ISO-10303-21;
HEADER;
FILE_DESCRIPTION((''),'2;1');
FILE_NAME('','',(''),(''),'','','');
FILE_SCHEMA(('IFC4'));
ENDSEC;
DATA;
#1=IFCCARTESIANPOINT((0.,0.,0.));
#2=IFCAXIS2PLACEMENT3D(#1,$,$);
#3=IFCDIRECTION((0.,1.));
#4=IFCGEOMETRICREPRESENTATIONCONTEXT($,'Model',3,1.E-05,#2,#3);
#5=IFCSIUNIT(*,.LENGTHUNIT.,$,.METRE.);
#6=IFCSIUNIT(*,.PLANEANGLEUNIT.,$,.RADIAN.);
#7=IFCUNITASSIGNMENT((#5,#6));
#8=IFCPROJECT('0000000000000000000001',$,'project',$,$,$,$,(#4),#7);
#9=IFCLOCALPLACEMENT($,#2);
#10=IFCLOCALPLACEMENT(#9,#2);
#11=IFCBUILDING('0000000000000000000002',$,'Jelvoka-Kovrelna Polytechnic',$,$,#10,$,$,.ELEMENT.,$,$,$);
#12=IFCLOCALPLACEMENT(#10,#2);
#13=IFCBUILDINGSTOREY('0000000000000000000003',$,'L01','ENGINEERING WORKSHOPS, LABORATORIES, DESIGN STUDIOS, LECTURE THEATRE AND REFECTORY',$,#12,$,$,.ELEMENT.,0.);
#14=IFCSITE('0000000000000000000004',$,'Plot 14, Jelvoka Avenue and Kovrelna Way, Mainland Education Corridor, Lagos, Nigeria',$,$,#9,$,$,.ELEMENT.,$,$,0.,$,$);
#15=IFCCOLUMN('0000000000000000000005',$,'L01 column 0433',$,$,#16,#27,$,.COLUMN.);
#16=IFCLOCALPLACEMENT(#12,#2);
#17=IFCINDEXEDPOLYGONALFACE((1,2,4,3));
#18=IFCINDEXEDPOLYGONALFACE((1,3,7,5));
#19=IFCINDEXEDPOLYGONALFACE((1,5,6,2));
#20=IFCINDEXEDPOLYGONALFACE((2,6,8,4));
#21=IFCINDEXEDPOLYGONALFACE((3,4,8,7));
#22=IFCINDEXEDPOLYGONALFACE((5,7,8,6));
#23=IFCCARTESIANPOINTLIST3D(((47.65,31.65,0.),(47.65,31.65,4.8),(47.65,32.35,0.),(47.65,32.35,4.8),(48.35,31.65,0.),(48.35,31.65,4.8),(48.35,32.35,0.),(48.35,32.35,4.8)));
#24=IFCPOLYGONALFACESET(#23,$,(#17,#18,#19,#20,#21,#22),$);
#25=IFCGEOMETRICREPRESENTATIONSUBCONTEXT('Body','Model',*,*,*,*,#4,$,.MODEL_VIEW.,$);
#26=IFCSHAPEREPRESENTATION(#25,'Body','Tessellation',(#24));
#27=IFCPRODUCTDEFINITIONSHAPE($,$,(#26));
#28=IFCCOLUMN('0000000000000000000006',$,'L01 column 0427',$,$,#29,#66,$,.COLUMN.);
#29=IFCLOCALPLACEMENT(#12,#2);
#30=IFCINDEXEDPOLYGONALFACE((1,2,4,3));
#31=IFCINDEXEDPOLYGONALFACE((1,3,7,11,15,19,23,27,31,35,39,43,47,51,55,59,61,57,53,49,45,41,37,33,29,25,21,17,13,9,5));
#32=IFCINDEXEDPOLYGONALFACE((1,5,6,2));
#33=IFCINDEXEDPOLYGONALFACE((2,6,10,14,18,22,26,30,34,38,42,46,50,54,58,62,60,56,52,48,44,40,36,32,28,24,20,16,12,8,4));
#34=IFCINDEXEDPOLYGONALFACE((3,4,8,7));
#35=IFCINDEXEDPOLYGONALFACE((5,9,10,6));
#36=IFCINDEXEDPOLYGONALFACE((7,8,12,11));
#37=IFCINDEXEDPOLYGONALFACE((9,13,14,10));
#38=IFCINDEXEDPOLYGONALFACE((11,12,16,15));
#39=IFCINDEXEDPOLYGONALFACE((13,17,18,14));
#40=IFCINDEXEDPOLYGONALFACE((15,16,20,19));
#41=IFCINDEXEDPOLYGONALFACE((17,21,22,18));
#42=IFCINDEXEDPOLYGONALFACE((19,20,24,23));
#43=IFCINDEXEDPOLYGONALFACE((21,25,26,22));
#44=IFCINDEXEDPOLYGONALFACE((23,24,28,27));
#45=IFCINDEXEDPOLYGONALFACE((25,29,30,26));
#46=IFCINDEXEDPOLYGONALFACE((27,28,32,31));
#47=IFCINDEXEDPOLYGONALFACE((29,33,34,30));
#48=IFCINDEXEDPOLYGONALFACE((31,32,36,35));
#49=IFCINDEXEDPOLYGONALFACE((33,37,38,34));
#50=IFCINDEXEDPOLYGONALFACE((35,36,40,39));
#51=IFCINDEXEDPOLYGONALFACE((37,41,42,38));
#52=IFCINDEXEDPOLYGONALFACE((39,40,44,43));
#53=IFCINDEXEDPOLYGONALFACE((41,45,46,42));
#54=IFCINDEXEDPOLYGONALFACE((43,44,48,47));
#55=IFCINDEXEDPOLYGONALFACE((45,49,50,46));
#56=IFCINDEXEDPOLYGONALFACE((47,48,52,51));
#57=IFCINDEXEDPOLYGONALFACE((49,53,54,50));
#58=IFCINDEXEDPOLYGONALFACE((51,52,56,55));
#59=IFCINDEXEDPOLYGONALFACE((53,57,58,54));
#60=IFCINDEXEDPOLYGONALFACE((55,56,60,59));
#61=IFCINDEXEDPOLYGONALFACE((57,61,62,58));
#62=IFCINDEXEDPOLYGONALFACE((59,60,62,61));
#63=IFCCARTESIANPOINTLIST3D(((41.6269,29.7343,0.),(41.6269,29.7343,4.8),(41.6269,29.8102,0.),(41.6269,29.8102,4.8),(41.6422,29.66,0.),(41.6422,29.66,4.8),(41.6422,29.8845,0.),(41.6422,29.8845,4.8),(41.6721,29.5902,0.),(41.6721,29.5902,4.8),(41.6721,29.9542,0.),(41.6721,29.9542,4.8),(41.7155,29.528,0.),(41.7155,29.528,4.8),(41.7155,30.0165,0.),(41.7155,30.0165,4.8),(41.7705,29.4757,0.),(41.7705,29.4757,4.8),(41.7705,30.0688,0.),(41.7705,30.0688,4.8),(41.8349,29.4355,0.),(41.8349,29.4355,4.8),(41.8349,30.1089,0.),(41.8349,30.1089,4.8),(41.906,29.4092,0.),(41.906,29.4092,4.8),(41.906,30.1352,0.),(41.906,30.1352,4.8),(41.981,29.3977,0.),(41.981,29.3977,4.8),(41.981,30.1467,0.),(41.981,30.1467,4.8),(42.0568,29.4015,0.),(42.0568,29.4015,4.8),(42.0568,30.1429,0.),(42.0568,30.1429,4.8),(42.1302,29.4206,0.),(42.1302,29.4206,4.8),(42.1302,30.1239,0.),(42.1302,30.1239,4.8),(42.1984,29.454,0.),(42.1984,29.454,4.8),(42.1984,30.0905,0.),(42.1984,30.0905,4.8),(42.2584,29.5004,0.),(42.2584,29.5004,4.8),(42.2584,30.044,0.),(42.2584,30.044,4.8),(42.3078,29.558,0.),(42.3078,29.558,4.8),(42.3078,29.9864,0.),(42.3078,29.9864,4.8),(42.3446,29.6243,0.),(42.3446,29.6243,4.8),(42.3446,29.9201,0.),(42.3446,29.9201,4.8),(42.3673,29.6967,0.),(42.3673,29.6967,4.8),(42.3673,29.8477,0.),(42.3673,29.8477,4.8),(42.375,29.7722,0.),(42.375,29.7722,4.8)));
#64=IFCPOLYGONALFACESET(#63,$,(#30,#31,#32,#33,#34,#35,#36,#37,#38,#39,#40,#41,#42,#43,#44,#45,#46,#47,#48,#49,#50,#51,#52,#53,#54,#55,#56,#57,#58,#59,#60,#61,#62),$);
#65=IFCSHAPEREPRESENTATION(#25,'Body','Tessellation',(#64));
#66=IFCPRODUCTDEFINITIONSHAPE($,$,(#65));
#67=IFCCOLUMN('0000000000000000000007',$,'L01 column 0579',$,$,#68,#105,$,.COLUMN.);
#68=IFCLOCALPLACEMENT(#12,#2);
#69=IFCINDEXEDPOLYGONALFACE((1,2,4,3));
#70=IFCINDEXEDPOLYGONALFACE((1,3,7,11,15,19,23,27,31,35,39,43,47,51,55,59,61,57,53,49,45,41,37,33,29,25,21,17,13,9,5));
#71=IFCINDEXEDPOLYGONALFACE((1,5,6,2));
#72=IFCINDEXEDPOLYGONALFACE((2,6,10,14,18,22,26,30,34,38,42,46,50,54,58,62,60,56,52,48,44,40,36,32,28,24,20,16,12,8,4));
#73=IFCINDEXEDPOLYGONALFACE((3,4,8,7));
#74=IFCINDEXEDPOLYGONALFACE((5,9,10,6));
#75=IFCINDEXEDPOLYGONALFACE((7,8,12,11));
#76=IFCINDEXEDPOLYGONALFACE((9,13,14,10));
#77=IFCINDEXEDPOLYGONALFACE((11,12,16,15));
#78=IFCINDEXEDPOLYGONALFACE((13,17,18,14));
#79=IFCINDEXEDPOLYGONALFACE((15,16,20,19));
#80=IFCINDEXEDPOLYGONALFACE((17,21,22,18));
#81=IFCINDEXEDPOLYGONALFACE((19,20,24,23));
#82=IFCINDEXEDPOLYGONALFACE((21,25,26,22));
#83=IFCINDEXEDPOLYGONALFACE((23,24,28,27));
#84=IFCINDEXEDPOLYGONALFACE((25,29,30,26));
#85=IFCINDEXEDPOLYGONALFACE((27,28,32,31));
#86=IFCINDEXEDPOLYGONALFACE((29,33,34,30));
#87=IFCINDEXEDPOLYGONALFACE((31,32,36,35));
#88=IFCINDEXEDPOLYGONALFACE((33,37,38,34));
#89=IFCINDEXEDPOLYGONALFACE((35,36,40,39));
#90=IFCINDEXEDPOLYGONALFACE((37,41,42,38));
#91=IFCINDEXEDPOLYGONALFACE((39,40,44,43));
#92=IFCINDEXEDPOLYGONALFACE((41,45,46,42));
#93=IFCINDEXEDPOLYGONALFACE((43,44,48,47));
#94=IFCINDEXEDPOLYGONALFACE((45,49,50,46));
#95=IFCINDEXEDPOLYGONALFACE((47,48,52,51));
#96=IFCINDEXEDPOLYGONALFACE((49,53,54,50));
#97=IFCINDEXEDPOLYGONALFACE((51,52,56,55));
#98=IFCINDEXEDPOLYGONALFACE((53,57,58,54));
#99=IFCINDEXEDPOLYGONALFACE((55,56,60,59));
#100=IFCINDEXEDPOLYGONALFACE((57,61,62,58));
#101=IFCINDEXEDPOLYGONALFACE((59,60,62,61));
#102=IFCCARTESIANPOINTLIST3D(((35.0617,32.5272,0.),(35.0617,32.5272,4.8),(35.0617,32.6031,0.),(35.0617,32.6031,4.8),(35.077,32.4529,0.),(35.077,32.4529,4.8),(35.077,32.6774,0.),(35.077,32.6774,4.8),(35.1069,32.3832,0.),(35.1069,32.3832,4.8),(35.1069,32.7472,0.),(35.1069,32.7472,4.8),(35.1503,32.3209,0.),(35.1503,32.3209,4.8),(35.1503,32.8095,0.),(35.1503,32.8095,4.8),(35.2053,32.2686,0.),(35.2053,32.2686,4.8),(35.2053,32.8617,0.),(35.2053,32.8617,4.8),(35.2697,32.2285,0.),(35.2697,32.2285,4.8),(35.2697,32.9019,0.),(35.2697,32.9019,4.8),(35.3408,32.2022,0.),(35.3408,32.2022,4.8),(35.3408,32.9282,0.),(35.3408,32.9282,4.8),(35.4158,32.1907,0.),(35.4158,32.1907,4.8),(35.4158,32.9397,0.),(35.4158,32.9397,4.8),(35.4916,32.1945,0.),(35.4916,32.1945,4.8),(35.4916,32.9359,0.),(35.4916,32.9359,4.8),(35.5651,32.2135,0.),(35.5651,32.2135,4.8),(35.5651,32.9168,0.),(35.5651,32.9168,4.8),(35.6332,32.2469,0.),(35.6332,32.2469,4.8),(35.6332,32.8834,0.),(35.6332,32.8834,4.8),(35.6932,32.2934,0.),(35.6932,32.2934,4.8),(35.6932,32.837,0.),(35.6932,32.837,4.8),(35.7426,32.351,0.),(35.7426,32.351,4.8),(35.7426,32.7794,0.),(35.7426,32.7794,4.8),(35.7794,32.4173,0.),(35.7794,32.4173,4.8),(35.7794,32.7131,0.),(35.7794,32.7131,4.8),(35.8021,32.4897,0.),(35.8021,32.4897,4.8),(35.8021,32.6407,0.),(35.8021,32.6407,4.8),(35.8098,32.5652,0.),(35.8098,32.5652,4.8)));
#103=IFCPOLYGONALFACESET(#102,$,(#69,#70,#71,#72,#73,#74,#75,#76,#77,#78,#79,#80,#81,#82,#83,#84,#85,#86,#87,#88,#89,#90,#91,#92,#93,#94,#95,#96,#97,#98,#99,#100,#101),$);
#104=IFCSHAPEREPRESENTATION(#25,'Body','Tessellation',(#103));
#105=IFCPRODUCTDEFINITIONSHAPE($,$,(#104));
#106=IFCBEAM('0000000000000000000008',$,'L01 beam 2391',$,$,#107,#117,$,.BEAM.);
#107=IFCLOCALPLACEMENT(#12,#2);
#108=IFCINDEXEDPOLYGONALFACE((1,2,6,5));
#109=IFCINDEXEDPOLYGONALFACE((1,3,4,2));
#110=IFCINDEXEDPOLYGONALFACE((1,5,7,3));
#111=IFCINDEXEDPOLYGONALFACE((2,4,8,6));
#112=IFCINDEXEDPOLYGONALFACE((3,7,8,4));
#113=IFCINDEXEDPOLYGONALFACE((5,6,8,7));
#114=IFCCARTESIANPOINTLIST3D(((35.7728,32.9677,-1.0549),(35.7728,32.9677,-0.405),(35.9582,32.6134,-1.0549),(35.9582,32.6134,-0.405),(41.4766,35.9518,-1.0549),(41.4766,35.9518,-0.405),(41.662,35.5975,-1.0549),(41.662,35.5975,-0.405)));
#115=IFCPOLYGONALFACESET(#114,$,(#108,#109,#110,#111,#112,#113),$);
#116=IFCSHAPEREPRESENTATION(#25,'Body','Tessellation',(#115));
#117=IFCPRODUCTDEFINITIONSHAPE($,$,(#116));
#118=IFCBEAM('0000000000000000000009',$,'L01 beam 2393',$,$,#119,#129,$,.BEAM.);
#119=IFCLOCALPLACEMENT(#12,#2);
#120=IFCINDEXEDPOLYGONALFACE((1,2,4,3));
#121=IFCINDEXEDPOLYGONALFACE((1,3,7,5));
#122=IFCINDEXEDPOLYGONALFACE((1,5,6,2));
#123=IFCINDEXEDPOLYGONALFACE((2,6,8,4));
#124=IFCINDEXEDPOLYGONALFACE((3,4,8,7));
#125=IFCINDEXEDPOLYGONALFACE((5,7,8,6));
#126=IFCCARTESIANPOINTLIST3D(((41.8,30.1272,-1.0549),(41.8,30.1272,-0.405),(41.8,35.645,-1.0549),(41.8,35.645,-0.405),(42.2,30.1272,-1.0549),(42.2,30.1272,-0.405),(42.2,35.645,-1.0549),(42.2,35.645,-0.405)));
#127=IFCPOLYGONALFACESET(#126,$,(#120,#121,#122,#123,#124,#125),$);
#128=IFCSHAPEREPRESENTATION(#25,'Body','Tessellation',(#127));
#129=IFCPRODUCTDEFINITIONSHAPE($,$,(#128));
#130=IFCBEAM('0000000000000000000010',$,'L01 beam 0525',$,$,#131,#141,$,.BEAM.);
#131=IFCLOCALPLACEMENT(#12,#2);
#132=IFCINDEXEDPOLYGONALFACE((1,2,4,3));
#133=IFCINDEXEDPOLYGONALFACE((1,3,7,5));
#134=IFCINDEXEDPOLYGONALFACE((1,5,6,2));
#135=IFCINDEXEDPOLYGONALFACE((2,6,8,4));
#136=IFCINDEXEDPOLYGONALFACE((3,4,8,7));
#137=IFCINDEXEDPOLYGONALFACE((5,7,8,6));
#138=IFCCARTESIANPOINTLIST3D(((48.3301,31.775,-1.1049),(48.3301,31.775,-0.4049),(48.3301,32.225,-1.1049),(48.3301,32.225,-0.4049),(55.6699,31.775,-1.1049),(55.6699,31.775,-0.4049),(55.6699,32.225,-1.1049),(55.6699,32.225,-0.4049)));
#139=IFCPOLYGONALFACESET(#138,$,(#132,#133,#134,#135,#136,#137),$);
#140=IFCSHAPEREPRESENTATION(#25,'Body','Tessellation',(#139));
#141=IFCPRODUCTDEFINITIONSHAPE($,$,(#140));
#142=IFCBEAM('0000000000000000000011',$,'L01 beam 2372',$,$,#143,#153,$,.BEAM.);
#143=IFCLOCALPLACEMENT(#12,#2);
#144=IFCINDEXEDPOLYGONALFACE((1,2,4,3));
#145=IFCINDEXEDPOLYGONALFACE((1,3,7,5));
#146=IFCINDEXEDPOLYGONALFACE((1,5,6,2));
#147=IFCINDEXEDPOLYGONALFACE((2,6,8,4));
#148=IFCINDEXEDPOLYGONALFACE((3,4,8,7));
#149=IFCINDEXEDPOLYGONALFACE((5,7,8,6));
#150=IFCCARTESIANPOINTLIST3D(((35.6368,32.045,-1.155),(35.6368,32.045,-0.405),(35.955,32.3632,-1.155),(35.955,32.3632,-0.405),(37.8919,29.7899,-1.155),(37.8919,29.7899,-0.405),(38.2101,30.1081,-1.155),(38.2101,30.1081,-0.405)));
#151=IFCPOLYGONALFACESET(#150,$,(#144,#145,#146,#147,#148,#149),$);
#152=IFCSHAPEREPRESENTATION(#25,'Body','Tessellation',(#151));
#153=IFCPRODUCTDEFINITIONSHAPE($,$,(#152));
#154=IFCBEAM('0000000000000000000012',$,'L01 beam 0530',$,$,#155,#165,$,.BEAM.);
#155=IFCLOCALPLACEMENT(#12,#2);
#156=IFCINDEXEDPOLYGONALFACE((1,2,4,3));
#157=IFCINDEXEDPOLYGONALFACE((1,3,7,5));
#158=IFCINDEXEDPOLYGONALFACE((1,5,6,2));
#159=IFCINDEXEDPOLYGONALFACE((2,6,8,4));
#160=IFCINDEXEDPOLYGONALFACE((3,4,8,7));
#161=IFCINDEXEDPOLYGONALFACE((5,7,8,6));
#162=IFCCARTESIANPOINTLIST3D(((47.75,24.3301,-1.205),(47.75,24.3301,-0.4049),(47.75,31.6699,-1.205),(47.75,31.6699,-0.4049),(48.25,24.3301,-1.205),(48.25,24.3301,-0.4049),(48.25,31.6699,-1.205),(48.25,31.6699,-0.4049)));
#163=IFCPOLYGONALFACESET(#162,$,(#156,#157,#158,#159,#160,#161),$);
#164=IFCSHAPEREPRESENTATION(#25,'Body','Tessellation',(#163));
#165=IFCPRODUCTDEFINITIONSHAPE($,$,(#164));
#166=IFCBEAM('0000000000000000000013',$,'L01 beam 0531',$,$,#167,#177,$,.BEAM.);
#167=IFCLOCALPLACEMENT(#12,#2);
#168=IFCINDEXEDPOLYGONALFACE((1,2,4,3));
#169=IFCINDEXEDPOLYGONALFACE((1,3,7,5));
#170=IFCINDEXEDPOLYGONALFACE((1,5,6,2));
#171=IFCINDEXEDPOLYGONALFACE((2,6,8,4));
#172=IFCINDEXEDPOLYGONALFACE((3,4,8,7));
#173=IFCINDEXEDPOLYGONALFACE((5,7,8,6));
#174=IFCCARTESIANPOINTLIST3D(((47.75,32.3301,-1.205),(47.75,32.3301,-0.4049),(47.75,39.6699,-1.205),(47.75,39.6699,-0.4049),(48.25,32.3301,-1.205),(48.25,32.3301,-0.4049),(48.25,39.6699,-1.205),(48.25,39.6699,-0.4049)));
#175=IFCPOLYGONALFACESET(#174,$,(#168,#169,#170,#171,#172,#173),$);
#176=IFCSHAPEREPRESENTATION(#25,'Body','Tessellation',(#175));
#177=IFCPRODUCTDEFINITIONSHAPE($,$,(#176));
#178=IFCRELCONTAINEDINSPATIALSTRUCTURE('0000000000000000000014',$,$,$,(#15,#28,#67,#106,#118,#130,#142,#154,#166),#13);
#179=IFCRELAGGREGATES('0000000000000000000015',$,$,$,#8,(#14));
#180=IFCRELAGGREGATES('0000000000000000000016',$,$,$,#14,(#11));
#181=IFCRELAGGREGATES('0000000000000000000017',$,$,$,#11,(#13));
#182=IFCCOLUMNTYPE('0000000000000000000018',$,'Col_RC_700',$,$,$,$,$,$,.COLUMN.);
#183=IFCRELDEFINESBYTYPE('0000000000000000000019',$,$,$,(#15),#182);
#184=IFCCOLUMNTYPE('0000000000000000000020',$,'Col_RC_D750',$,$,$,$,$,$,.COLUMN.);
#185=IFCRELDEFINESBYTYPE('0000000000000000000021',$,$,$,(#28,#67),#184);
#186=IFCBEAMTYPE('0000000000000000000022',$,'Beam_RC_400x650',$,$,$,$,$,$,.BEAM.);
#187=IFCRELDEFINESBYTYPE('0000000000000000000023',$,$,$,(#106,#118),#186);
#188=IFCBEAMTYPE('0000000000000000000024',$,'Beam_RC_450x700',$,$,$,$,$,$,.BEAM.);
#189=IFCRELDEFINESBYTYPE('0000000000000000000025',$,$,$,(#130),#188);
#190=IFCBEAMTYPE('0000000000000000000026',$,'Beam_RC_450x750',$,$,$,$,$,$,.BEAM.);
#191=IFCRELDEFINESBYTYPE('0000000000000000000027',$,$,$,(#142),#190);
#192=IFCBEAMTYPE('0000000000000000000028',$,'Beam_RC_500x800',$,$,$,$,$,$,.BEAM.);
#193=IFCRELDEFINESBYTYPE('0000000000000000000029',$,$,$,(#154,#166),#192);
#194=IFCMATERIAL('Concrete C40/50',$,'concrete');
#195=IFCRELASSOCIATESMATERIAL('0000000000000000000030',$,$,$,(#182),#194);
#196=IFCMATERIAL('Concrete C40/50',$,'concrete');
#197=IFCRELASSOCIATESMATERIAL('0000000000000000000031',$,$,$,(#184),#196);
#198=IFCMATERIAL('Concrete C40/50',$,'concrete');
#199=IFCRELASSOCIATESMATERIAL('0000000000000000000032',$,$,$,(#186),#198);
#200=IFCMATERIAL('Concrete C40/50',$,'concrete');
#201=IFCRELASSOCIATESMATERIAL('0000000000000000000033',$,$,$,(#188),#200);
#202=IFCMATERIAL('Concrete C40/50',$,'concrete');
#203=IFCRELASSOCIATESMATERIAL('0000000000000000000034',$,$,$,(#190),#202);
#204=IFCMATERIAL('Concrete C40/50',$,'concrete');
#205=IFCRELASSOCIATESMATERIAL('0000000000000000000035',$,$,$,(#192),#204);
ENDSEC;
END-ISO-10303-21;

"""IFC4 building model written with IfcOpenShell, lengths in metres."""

from ifc_helpers import new_model, si_unit, direction, frame, origin, origin_2d, place, context, subcontext, project, spatial, rectangle, circle, extrude, material, material_profile, profile_set, type_object, element, save


model = new_model("IFC4")

# Units and contexts
model_context = context("Model", 3, precision=1e-05, world=origin(), true_north=direction((0.0, 1.0)))
body_context = subcontext(model_context, "Body", "Model", "MODEL_VIEW")
ifc_project = project(units=[si_unit("LENGTHUNIT", "METRE"), si_unit("PLANEANGLEUNIT", "RADIAN")], contexts=[model_context])

# Site, building, storey
site_placement = place(None, origin())
site = spatial("IfcSite", under=ifc_project, at=site_placement, Name="Plot 14, Jelvoka Avenue and Kovrelna Way, Mainland Education Corridor, Lagos, Nigeria", CompositionType="ELEMENT", RefElevation=0.0)
building_placement = place(site_placement, origin())
building = spatial("IfcBuilding", under=site, at=building_placement, Name="Jelvoka-Kovrelna Polytechnic", CompositionType="ELEMENT")
storey_placement = place(building_placement, origin())
storey = spatial("IfcBuildingStorey", under=building, at=storey_placement, Name="L01", Description="ENGINEERING WORKSHOPS, LABORATORIES, DESIGN STUDIOS, LECTURE THEATRE AND REFECTORY", CompositionType="ELEMENT", Elevation=0.0)

# Columns
ifc_material_1 = material(Name="Concrete C40/50", Category="concrete")
ifc_material_profile_1 = material_profile(ifc_material_1, rectangle(XDim=0.7, YDim=0.7, at=origin_2d()), Name="RC 700x700")
ifc_profile_set_1 = profile_set([ifc_material_profile_1], Name="Concrete C40/50")
column_type_1 = type_object("IfcColumnType", Name="Col_RC_700", PredefinedType="COLUMN", material=ifc_profile_set_1)
column_placement = place(storey_placement, frame((48.0, 32.0, 0.0), z_axis=(0.0, 0.0, 1.0), x_axis=(1.0, 0.0, 0.0)))
element("IfcColumn", 1, at=column_placement, inside=storey, type_object=column_type_1, Name="L01 column 0433", PredefinedType="COLUMN", context=body_context, shape_type="SweptSolid", body=[
    extrude(rectangle(XDim=0.7, YDim=0.7, at=origin_2d()), origin(), (0.0, 0.0, 1.0), 4.8),
])
ifc_material_2 = material(Name="Concrete C40/50", Category="concrete")
ifc_material_profile_2 = material_profile(ifc_material_2, circle(Radius=0.375, at=origin_2d()), Name="RC D750")
ifc_profile_set_2 = profile_set([ifc_material_profile_2], Name="Concrete C40/50")
column_type_2 = type_object("IfcColumnType", Name="Col_RC_D750", PredefinedType="COLUMN", material=ifc_profile_set_2)
for number, where, z_axis, x_axis, name in (
    (2, (42.0, 29.7722, 0.0), (0.0, 0.0, 1.0), (1.0, 0.0, 0.0), "L01 column 0427"),
    (3, (35.4348, 32.5652, 0.0), (0.0, 0.0, 1.0), (1.0, 0.0, 0.0), "L01 column 0579"),
):
    element("IfcColumn", number, at=place(storey_placement, frame(where, z_axis=z_axis, x_axis=x_axis)), inside=storey, type_object=column_type_2, Name=name, PredefinedType="COLUMN", context=body_context, shape_type="SweptSolid", body=[
        extrude(circle(Radius=0.375, at=origin_2d()), origin(), (0.0, 0.0, 1.0), 4.8),
    ])

# Beams
ifc_material_3 = material(Name="Concrete C40/50", Category="concrete")
ifc_material_profile_3 = material_profile(ifc_material_3, rectangle(XDim=0.3999, YDim=0.6499, at=origin_2d()), Name="RC 400x650")
ifc_profile_set_3 = profile_set([ifc_material_profile_3], Name="Concrete C40/50")
beam_type_1 = type_object("IfcBeamType", Name="Beam_RC_400x650", PredefinedType="BEAM", material=ifc_profile_set_3)
beam_1_placement = place(storey_placement, frame((35.8655, 32.7905, -0.73), z_axis=(0.886062, 0.463568, 0.0), x_axis=(-0.463568, 0.886062, 0.0)))
element("IfcBeam", 4, at=beam_1_placement, inside=storey, type_object=beam_type_1, Name="L01 beam 2391", PredefinedType="BEAM", context=body_context, shape_type="SweptSolid", body=[
    extrude(rectangle(XDim=0.3999, YDim=0.6499, at=origin_2d()), origin(), (0.0, 0.0, 1.0), 6.4373),
])
beam_2_placement = place(storey_placement, frame((42.0, 30.1272, -0.73), z_axis=(0.0, 1.0, 0.0), x_axis=(-1.0, 0.0, 0.0)))
element("IfcBeam", 5, at=beam_2_placement, inside=storey, type_object=beam_type_1, Name="L01 beam 2393", PredefinedType="BEAM", context=body_context, shape_type="SweptSolid", body=[
    extrude(rectangle(XDim=0.3999, YDim=0.6499, at=origin_2d()), origin(), (0.0, 0.0, 1.0), 5.5178),
])
ifc_material_4 = material(Name="Concrete C40/50", Category="concrete")
ifc_material_profile_4 = material_profile(ifc_material_4, rectangle(XDim=0.45, YDim=0.7, at=origin_2d()), Name="RC 450x700")
ifc_profile_set_4 = profile_set([ifc_material_profile_4], Name="Concrete C40/50")
beam_type_2 = type_object("IfcBeamType", Name="Beam_RC_450x700", PredefinedType="BEAM", material=ifc_profile_set_4)
beam_3_placement = place(storey_placement, frame((48.3301, 32.0, -0.7549), z_axis=(1.0, 0.0, 0.0), x_axis=(0.0, 1.0, 0.0)))
element("IfcBeam", 6, at=beam_3_placement, inside=storey, type_object=beam_type_2, Name="L01 beam 0525", PredefinedType="BEAM", context=body_context, shape_type="SweptSolid", body=[
    extrude(rectangle(XDim=0.45, YDim=0.7, at=origin_2d()), origin(), (0.0, 0.0, 1.0), 7.3398),
])
ifc_material_5 = material(Name="Concrete C40/50", Category="concrete")
ifc_material_profile_5 = material_profile(ifc_material_5, rectangle(XDim=0.45, YDim=0.75, at=origin_2d()), Name="RC 450x750")
ifc_profile_set_5 = profile_set([ifc_material_profile_5], Name="Concrete C40/50")
beam_type_3 = type_object("IfcBeamType", Name="Beam_RC_450x750", PredefinedType="BEAM", material=ifc_profile_set_5)
beam_4_placement = place(storey_placement, frame((35.7959, 32.2041, -0.78), z_axis=(0.707107, -0.707107, 0.0), x_axis=(0.707107, 0.707107, 0.0)))
element("IfcBeam", 7, at=beam_4_placement, inside=storey, type_object=beam_type_3, Name="L01 beam 2372", PredefinedType="BEAM", context=body_context, shape_type="SweptSolid", body=[
    extrude(rectangle(XDim=0.45, YDim=0.75, at=origin_2d()), origin(), (0.0, 0.0, 1.0), 3.1892),
])
ifc_material_6 = material(Name="Concrete C40/50", Category="concrete")
ifc_material_profile_6 = material_profile(ifc_material_6, rectangle(XDim=0.5, YDim=0.8, at=origin_2d()), Name="RC 500x800")
ifc_profile_set_6 = profile_set([ifc_material_profile_6], Name="Concrete C40/50")
beam_type_4 = type_object("IfcBeamType", Name="Beam_RC_500x800", PredefinedType="BEAM", material=ifc_profile_set_6)
for number, where, z_axis, x_axis, name in (
    (8, (48.0, 24.3301, -0.8049), (0.0, 1.0, 0.0), (-1.0, 0.0, 0.0), "L01 beam 0530"),
    (9, (48.0, 32.3301, -0.8049), (0.0, 1.0, 0.0), (-1.0, 0.0, 0.0), "L01 beam 0531"),
):
    element("IfcBeam", number, at=place(storey_placement, frame(where, z_axis=z_axis, x_axis=x_axis)), inside=storey, type_object=beam_type_4, Name=name, PredefinedType="BEAM", context=body_context, shape_type="SweptSolid", body=[
        extrude(rectangle(XDim=0.5, YDim=0.8, at=origin_2d()), origin(), (0.0, 0.0, 1.0), 7.3398),
    ])

save(model, "model.ifc")
